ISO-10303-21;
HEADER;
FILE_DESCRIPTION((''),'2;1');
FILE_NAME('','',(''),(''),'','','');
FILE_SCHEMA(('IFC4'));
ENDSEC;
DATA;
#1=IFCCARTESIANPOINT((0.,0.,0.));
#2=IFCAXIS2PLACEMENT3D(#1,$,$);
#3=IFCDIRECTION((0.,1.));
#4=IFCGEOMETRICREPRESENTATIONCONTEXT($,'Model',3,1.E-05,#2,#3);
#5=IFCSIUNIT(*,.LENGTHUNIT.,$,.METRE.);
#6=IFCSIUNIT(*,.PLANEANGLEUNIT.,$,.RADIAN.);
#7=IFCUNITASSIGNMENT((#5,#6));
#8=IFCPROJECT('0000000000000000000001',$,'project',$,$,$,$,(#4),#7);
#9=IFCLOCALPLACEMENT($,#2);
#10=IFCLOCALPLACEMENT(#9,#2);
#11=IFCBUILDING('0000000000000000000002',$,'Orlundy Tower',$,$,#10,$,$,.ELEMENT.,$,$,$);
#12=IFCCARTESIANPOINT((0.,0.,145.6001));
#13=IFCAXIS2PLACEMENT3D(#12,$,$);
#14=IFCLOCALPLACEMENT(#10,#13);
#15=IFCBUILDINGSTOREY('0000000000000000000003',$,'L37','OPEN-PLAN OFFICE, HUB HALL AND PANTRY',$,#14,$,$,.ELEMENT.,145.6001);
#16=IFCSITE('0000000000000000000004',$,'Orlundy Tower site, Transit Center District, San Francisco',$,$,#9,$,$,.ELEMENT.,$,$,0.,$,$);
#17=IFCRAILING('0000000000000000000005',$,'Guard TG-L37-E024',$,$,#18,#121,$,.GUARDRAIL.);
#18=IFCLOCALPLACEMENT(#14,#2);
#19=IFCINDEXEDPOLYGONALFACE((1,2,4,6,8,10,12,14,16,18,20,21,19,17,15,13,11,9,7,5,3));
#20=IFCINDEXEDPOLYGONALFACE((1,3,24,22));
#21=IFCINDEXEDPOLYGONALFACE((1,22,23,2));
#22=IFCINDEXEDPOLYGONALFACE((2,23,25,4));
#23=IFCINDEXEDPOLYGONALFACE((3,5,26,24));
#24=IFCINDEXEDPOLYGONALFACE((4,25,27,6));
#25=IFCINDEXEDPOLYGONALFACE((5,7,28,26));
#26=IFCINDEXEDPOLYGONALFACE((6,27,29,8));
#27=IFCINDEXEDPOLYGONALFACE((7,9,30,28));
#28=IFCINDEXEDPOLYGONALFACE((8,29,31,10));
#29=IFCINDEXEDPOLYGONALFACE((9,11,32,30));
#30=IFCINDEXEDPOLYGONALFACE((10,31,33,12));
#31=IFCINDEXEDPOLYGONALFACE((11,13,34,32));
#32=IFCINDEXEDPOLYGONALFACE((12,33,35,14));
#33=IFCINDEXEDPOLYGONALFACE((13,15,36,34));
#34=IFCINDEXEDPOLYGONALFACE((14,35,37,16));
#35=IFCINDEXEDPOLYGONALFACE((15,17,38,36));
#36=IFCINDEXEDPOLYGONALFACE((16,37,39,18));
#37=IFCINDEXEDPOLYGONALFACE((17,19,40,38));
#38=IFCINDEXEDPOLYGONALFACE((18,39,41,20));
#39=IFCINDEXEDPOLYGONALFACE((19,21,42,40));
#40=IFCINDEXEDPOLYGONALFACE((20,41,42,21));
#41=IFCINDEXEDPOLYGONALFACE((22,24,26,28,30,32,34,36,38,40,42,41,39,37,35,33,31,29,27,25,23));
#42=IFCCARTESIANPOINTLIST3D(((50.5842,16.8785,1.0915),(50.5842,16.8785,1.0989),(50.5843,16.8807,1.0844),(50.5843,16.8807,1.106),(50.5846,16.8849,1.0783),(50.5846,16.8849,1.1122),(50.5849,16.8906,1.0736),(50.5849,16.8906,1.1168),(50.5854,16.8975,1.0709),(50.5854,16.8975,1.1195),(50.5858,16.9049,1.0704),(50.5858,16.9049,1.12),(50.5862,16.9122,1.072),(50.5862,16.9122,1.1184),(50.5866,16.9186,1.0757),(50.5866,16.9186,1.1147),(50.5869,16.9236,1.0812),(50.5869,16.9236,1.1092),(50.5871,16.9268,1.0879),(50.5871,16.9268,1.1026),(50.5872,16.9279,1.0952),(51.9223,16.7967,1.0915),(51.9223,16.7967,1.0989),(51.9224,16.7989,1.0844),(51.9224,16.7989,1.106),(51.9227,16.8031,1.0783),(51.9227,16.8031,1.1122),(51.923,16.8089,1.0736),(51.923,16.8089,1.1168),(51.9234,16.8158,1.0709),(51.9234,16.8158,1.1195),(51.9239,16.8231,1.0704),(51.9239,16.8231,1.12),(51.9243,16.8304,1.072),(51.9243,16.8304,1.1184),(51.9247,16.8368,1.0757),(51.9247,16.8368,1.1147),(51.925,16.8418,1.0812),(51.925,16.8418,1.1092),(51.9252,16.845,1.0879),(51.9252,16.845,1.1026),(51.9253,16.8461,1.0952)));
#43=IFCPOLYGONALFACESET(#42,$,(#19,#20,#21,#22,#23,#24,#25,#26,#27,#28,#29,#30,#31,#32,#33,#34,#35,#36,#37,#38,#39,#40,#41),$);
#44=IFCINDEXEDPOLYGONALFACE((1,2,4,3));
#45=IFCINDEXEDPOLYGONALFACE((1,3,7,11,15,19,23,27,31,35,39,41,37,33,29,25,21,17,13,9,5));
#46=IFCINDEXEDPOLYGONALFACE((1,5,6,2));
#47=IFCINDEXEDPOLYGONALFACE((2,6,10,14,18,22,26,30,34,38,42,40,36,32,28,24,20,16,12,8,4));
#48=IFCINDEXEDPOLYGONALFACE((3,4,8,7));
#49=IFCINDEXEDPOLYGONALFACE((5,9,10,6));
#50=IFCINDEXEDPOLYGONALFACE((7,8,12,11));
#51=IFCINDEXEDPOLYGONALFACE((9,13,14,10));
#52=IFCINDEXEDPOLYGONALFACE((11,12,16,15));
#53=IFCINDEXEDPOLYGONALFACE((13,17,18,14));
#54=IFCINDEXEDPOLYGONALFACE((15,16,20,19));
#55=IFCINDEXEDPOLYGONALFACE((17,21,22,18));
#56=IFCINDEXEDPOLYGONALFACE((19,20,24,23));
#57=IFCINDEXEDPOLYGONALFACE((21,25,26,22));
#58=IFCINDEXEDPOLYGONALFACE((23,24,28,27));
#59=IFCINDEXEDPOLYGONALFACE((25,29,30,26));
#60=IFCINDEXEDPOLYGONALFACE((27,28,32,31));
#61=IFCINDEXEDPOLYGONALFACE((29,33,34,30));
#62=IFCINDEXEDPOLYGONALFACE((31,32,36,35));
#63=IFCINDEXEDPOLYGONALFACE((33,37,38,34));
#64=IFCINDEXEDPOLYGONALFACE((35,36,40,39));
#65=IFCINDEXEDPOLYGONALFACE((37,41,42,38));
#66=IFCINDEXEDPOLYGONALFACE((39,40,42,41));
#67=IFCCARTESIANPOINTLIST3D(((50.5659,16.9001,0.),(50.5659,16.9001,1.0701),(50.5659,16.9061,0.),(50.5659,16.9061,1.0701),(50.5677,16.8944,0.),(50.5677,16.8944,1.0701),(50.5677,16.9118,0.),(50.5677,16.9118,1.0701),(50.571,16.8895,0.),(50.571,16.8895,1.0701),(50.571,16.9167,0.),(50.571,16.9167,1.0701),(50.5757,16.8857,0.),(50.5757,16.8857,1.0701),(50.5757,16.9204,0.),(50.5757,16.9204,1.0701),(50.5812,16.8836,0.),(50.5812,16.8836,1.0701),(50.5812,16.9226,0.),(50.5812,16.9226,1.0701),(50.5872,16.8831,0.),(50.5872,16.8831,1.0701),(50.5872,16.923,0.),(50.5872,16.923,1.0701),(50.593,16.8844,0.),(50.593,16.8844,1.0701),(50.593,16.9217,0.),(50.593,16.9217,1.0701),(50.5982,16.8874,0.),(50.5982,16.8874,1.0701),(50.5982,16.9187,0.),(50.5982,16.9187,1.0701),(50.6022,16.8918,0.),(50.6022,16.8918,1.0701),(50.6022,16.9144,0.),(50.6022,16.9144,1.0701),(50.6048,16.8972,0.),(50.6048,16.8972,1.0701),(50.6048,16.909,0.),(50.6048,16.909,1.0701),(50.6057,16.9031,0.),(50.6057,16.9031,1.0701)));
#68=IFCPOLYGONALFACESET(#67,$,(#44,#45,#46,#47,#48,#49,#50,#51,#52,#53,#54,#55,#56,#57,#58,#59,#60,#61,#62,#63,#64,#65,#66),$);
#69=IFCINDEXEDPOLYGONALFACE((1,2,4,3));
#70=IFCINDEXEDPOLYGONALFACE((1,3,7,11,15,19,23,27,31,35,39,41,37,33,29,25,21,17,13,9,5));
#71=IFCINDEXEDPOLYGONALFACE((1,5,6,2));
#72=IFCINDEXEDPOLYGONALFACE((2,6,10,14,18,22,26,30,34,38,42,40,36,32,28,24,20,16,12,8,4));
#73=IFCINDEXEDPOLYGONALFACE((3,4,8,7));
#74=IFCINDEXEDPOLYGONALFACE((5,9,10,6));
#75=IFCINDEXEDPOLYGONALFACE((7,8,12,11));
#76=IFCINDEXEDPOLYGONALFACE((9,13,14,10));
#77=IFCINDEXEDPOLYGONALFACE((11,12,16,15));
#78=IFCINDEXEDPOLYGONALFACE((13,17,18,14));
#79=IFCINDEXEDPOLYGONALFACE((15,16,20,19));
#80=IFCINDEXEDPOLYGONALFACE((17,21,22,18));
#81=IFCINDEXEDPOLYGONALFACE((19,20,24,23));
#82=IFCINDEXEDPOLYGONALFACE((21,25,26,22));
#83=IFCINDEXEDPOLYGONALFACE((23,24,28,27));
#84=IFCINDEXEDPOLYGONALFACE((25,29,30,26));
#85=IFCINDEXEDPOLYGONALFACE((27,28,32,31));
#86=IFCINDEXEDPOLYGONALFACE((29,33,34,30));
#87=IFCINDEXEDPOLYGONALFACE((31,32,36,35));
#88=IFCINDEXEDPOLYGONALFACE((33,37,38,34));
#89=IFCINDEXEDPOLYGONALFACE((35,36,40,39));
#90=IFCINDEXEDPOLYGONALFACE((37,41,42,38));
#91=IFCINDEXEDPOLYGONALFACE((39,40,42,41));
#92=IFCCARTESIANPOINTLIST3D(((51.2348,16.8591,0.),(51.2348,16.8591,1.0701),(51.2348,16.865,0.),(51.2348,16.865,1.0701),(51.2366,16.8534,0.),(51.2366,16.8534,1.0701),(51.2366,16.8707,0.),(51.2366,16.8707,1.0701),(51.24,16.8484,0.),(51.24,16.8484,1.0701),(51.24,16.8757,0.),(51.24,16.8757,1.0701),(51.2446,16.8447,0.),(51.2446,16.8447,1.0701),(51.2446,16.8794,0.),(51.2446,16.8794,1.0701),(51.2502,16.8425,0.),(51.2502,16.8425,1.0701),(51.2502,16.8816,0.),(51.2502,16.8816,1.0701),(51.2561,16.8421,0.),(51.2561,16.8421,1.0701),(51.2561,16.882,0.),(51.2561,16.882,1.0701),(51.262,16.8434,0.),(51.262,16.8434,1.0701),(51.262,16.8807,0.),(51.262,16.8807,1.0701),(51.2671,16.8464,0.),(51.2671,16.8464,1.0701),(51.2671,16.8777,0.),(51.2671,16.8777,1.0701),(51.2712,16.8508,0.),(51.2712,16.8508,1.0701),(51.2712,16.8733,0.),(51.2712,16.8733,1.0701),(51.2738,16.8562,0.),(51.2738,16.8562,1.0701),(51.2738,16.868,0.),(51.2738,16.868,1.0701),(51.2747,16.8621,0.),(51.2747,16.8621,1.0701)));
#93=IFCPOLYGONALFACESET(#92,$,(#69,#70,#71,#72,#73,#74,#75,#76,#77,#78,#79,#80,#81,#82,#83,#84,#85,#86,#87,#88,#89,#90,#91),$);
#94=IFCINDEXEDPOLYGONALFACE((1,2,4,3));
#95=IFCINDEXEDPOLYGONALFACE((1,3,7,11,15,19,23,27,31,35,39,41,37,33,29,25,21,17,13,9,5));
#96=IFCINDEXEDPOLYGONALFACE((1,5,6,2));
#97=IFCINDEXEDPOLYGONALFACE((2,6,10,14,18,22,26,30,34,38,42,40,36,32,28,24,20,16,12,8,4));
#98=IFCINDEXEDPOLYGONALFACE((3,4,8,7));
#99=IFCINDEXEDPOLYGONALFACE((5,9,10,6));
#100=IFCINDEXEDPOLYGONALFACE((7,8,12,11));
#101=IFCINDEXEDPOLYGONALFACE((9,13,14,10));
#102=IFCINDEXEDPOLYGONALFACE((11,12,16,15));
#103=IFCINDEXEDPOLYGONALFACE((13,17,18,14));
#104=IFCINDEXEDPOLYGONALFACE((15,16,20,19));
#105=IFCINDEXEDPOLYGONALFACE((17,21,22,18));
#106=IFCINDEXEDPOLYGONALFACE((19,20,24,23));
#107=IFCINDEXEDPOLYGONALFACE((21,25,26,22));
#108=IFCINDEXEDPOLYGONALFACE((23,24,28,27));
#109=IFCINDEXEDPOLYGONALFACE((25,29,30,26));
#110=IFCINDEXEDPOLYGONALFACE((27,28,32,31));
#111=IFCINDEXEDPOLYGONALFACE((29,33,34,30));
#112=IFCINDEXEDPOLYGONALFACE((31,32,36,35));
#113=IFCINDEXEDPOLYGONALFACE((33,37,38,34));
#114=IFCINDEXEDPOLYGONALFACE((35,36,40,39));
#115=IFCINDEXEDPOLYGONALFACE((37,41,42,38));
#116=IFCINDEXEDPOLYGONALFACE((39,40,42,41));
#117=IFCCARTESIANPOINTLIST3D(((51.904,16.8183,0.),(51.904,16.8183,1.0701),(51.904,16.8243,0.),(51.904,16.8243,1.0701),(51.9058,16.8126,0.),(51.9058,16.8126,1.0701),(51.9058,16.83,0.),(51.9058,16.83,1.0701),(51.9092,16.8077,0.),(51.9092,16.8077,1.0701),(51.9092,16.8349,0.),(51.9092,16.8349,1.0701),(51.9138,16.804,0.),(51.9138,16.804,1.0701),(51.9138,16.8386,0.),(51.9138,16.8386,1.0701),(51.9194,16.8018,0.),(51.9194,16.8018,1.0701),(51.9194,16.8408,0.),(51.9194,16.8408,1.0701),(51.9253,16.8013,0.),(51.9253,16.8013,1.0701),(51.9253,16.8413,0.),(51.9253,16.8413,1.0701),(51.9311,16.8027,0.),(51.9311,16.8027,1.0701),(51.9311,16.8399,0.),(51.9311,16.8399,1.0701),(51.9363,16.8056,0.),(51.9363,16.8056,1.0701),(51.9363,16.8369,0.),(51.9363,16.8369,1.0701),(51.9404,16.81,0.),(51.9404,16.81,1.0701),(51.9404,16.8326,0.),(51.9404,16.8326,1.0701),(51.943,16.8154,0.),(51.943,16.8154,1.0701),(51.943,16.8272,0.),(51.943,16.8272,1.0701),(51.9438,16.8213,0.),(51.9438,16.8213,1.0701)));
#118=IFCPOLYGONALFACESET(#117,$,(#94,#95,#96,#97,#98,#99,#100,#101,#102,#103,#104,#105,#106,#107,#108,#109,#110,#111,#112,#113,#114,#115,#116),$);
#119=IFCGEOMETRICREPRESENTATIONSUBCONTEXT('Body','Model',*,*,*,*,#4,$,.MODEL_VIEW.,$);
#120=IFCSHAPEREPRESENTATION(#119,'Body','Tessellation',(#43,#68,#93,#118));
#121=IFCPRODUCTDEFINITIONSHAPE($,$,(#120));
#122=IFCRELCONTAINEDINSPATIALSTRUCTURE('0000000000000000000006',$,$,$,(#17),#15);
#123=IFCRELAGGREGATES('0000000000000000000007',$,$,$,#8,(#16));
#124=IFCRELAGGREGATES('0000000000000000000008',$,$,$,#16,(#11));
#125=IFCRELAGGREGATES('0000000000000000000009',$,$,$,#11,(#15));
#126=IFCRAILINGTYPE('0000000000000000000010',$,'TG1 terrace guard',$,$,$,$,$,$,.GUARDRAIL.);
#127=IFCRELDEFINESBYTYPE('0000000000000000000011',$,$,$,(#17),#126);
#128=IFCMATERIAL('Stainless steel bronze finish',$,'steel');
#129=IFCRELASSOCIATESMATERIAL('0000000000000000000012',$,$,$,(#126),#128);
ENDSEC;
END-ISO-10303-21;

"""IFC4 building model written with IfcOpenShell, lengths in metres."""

from ifc_helpers import new_model, si_unit, direction, frame, origin, origin_2d, place, context, subcontext, project, spatial, circle, extrude, material, type_object, element, save


model = new_model("IFC4")

# Units and contexts
model_context = context("Model", 3, precision=1e-05, world=origin(), true_north=direction((0.0, 1.0)))
body_context = subcontext(model_context, "Body", "Model", "MODEL_VIEW")
ifc_project = project(units=[si_unit("LENGTHUNIT", "METRE"), si_unit("PLANEANGLEUNIT", "RADIAN")], contexts=[model_context])

# Site, building, storey
site_placement = place(None, origin())
site = spatial("IfcSite", under=ifc_project, at=site_placement, Name="Orlundy Tower site, Transit Center District, San Francisco", CompositionType="ELEMENT", RefElevation=0.0)
building_placement = place(site_placement, origin())
building = spatial("IfcBuilding", under=site, at=building_placement, Name="Orlundy Tower", CompositionType="ELEMENT")
storey_placement = place(building_placement, frame((0.0, 0.0, 145.6001)))
storey = spatial("IfcBuildingStorey", under=building, at=storey_placement, Name="L37", Description="OPEN-PLAN OFFICE, HUB HALL AND PANTRY", CompositionType="ELEMENT", Elevation=145.6001)

# Railing
ifc_material_1 = material(Name="Stainless steel bronze finish", Category="steel")
railing_type = type_object("IfcRailingType", Name="TG1 terrace guard", PredefinedType="GUARDRAIL", material=ifc_material_1)
railing_1_placement = place(storey_placement, frame((50.5857, 16.9031, 0.0)))
element("IfcRailing", 1, at=railing_1_placement, inside=storey, type_object=railing_type, Name="Guard TG-L37-E024", PredefinedType="GUARDRAIL", context=body_context, shape_type="SweptSolid", body=[
    extrude(circle(Radius=0.0249, at=origin_2d()), frame((0.0, 0.0, 1.0952), z_axis=(0.998137, -0.061006, 0.0), x_axis=(0.061006, 0.998137, 0.0)), (0.0, 0.0, 1.0), 1.3406),
    extrude(circle(Radius=0.02, at=origin_2d()), origin(), (0.0, 0.0, 1.0), 1.0701),
    extrude(circle(Radius=0.02, at=origin_2d()), frame((0.6689, -0.041, 0.0)), (0.0, 0.0, 1.0), 1.0701),
    extrude(circle(Radius=0.02, at=origin_2d()), frame((1.3381, -0.0818, 0.0)), (0.0, 0.0, 1.0), 1.0701),
])

save(model, "model.ifc")
